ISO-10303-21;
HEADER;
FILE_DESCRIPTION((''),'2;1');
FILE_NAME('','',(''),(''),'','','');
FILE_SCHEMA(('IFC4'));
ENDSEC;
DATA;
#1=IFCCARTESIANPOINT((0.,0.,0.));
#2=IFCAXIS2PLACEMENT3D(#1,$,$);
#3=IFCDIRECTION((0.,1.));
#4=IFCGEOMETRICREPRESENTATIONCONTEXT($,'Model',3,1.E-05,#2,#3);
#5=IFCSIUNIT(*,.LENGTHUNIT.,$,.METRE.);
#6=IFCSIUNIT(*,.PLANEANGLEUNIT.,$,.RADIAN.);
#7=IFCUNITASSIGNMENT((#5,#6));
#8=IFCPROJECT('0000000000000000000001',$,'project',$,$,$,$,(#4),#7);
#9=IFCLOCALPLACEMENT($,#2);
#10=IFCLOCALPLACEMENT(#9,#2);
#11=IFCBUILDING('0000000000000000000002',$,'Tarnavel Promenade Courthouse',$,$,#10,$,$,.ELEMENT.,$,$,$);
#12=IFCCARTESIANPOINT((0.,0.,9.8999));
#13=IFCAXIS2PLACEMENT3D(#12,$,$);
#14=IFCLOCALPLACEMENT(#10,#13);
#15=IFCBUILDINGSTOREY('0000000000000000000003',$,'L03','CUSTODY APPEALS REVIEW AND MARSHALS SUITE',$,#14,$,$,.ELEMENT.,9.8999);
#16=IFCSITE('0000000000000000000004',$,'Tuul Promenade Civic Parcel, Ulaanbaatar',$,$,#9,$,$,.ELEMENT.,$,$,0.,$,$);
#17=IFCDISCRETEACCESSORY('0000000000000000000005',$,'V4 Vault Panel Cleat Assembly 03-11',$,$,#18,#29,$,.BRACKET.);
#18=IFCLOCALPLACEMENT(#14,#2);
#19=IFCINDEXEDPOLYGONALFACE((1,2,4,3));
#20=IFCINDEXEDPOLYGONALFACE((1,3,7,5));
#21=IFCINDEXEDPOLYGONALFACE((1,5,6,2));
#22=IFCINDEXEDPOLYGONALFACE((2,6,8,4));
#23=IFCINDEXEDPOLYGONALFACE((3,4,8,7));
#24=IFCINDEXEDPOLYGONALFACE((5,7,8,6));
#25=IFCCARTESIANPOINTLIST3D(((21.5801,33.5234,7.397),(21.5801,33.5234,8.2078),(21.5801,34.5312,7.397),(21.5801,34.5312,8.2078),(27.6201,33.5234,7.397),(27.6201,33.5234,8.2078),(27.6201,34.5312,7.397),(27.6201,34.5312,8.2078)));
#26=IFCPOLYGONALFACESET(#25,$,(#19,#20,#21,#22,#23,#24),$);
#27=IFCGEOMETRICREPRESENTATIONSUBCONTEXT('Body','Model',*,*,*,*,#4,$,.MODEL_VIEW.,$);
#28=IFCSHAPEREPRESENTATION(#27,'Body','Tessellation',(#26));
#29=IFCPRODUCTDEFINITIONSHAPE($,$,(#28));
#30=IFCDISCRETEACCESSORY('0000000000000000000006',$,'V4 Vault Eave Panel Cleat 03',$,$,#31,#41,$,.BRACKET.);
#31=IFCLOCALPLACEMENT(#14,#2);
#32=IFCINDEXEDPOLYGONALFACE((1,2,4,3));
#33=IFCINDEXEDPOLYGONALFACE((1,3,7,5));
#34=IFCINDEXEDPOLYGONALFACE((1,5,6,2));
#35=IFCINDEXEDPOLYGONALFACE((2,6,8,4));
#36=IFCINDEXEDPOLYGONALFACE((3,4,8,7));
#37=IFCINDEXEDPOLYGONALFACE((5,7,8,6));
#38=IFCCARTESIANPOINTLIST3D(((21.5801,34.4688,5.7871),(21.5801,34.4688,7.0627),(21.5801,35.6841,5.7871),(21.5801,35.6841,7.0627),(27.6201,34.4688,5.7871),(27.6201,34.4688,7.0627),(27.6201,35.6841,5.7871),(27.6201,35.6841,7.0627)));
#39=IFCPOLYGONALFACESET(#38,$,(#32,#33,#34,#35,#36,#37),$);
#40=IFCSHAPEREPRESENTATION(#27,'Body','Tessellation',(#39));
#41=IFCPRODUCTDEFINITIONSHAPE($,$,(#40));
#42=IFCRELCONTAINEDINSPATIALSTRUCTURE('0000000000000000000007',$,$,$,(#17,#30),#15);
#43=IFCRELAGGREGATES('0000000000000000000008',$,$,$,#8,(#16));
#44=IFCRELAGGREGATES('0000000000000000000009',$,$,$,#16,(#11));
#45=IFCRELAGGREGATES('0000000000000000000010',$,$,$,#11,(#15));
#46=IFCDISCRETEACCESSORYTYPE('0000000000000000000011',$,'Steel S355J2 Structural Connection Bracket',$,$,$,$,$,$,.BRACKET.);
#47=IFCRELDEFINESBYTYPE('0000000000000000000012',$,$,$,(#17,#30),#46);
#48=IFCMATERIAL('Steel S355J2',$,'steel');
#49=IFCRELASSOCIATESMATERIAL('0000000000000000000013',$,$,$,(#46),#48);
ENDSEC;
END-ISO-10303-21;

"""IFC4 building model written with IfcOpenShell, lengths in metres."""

from ifc_helpers import new_model, si_unit, direction, frame, origin, origin_2d, place, context, subcontext, project, spatial, rectangle, extrude, material, type_object, element, save


model = new_model("IFC4")

# Units and contexts
model_context = context("Model", 3, precision=1e-05, world=origin(), true_north=direction((0.0, 1.0)))
body_context = subcontext(model_context, "Body", "Model", "MODEL_VIEW")
ifc_project = project(units=[si_unit("LENGTHUNIT", "METRE"), si_unit("PLANEANGLEUNIT", "RADIAN")], contexts=[model_context])

# Site, building, storey
site_placement = place(None, origin())
site = spatial("IfcSite", under=ifc_project, at=site_placement, Name="Tuul Promenade Civic Parcel, Ulaanbaatar", CompositionType="ELEMENT", RefElevation=0.0)
building_placement = place(site_placement, origin())
building = spatial("IfcBuilding", under=site, at=building_placement, Name="Tarnavel Promenade Courthouse", CompositionType="ELEMENT")
storey_placement = place(building_placement, frame((0.0, 0.0, 9.8999)))
storey = spatial("IfcBuildingStorey", under=building, at=storey_placement, Name="L03", Description="CUSTODY APPEALS REVIEW AND MARSHALS SUITE", CompositionType="ELEMENT", Elevation=9.8999)

# Shared definitions
ifc_material_1 = material(Name="Steel S355J2", Category="steel")

# Discrete accessories
discrete_accessory_type = type_object("IfcDiscreteAccessoryType", Name="Steel S355J2 Structural Connection Bracket", PredefinedType="BRACKET", material=ifc_material_1)
discrete_accessory_1_placement = place(storey_placement, frame((24.6001, 34.0273, 7.397), z_axis=(0.0, 0.0, 1.0), x_axis=(1.0, 0.0, 0.0)))
element("IfcDiscreteAccessory", 1, at=discrete_accessory_1_placement, inside=storey, type_object=discrete_accessory_type, Name="V4 Vault Panel Cleat Assembly 03-11", PredefinedType="BRACKET", context=body_context, shape_type="SweptSolid", body=[
    extrude(rectangle(XDim=6.04, YDim=1.0078, at=origin_2d()), origin(), (0.0, 0.0, 1.0), 0.8108),
])
discrete_accessory_2_placement = place(storey_placement, frame((24.6001, 35.0764, 5.7871), z_axis=(0.0, 0.0, 1.0), x_axis=(1.0, 0.0, 0.0)))
element("IfcDiscreteAccessory", 2, at=discrete_accessory_2_placement, inside=storey, type_object=discrete_accessory_type, Name="V4 Vault Eave Panel Cleat 03", PredefinedType="BRACKET", context=body_context, shape_type="SweptSolid", body=[
    extrude(rectangle(XDim=6.04, YDim=1.2153, at=origin_2d()), origin(), (0.0, 0.0, 1.0), 1.2756),
])

save(model, "model.ifc")
